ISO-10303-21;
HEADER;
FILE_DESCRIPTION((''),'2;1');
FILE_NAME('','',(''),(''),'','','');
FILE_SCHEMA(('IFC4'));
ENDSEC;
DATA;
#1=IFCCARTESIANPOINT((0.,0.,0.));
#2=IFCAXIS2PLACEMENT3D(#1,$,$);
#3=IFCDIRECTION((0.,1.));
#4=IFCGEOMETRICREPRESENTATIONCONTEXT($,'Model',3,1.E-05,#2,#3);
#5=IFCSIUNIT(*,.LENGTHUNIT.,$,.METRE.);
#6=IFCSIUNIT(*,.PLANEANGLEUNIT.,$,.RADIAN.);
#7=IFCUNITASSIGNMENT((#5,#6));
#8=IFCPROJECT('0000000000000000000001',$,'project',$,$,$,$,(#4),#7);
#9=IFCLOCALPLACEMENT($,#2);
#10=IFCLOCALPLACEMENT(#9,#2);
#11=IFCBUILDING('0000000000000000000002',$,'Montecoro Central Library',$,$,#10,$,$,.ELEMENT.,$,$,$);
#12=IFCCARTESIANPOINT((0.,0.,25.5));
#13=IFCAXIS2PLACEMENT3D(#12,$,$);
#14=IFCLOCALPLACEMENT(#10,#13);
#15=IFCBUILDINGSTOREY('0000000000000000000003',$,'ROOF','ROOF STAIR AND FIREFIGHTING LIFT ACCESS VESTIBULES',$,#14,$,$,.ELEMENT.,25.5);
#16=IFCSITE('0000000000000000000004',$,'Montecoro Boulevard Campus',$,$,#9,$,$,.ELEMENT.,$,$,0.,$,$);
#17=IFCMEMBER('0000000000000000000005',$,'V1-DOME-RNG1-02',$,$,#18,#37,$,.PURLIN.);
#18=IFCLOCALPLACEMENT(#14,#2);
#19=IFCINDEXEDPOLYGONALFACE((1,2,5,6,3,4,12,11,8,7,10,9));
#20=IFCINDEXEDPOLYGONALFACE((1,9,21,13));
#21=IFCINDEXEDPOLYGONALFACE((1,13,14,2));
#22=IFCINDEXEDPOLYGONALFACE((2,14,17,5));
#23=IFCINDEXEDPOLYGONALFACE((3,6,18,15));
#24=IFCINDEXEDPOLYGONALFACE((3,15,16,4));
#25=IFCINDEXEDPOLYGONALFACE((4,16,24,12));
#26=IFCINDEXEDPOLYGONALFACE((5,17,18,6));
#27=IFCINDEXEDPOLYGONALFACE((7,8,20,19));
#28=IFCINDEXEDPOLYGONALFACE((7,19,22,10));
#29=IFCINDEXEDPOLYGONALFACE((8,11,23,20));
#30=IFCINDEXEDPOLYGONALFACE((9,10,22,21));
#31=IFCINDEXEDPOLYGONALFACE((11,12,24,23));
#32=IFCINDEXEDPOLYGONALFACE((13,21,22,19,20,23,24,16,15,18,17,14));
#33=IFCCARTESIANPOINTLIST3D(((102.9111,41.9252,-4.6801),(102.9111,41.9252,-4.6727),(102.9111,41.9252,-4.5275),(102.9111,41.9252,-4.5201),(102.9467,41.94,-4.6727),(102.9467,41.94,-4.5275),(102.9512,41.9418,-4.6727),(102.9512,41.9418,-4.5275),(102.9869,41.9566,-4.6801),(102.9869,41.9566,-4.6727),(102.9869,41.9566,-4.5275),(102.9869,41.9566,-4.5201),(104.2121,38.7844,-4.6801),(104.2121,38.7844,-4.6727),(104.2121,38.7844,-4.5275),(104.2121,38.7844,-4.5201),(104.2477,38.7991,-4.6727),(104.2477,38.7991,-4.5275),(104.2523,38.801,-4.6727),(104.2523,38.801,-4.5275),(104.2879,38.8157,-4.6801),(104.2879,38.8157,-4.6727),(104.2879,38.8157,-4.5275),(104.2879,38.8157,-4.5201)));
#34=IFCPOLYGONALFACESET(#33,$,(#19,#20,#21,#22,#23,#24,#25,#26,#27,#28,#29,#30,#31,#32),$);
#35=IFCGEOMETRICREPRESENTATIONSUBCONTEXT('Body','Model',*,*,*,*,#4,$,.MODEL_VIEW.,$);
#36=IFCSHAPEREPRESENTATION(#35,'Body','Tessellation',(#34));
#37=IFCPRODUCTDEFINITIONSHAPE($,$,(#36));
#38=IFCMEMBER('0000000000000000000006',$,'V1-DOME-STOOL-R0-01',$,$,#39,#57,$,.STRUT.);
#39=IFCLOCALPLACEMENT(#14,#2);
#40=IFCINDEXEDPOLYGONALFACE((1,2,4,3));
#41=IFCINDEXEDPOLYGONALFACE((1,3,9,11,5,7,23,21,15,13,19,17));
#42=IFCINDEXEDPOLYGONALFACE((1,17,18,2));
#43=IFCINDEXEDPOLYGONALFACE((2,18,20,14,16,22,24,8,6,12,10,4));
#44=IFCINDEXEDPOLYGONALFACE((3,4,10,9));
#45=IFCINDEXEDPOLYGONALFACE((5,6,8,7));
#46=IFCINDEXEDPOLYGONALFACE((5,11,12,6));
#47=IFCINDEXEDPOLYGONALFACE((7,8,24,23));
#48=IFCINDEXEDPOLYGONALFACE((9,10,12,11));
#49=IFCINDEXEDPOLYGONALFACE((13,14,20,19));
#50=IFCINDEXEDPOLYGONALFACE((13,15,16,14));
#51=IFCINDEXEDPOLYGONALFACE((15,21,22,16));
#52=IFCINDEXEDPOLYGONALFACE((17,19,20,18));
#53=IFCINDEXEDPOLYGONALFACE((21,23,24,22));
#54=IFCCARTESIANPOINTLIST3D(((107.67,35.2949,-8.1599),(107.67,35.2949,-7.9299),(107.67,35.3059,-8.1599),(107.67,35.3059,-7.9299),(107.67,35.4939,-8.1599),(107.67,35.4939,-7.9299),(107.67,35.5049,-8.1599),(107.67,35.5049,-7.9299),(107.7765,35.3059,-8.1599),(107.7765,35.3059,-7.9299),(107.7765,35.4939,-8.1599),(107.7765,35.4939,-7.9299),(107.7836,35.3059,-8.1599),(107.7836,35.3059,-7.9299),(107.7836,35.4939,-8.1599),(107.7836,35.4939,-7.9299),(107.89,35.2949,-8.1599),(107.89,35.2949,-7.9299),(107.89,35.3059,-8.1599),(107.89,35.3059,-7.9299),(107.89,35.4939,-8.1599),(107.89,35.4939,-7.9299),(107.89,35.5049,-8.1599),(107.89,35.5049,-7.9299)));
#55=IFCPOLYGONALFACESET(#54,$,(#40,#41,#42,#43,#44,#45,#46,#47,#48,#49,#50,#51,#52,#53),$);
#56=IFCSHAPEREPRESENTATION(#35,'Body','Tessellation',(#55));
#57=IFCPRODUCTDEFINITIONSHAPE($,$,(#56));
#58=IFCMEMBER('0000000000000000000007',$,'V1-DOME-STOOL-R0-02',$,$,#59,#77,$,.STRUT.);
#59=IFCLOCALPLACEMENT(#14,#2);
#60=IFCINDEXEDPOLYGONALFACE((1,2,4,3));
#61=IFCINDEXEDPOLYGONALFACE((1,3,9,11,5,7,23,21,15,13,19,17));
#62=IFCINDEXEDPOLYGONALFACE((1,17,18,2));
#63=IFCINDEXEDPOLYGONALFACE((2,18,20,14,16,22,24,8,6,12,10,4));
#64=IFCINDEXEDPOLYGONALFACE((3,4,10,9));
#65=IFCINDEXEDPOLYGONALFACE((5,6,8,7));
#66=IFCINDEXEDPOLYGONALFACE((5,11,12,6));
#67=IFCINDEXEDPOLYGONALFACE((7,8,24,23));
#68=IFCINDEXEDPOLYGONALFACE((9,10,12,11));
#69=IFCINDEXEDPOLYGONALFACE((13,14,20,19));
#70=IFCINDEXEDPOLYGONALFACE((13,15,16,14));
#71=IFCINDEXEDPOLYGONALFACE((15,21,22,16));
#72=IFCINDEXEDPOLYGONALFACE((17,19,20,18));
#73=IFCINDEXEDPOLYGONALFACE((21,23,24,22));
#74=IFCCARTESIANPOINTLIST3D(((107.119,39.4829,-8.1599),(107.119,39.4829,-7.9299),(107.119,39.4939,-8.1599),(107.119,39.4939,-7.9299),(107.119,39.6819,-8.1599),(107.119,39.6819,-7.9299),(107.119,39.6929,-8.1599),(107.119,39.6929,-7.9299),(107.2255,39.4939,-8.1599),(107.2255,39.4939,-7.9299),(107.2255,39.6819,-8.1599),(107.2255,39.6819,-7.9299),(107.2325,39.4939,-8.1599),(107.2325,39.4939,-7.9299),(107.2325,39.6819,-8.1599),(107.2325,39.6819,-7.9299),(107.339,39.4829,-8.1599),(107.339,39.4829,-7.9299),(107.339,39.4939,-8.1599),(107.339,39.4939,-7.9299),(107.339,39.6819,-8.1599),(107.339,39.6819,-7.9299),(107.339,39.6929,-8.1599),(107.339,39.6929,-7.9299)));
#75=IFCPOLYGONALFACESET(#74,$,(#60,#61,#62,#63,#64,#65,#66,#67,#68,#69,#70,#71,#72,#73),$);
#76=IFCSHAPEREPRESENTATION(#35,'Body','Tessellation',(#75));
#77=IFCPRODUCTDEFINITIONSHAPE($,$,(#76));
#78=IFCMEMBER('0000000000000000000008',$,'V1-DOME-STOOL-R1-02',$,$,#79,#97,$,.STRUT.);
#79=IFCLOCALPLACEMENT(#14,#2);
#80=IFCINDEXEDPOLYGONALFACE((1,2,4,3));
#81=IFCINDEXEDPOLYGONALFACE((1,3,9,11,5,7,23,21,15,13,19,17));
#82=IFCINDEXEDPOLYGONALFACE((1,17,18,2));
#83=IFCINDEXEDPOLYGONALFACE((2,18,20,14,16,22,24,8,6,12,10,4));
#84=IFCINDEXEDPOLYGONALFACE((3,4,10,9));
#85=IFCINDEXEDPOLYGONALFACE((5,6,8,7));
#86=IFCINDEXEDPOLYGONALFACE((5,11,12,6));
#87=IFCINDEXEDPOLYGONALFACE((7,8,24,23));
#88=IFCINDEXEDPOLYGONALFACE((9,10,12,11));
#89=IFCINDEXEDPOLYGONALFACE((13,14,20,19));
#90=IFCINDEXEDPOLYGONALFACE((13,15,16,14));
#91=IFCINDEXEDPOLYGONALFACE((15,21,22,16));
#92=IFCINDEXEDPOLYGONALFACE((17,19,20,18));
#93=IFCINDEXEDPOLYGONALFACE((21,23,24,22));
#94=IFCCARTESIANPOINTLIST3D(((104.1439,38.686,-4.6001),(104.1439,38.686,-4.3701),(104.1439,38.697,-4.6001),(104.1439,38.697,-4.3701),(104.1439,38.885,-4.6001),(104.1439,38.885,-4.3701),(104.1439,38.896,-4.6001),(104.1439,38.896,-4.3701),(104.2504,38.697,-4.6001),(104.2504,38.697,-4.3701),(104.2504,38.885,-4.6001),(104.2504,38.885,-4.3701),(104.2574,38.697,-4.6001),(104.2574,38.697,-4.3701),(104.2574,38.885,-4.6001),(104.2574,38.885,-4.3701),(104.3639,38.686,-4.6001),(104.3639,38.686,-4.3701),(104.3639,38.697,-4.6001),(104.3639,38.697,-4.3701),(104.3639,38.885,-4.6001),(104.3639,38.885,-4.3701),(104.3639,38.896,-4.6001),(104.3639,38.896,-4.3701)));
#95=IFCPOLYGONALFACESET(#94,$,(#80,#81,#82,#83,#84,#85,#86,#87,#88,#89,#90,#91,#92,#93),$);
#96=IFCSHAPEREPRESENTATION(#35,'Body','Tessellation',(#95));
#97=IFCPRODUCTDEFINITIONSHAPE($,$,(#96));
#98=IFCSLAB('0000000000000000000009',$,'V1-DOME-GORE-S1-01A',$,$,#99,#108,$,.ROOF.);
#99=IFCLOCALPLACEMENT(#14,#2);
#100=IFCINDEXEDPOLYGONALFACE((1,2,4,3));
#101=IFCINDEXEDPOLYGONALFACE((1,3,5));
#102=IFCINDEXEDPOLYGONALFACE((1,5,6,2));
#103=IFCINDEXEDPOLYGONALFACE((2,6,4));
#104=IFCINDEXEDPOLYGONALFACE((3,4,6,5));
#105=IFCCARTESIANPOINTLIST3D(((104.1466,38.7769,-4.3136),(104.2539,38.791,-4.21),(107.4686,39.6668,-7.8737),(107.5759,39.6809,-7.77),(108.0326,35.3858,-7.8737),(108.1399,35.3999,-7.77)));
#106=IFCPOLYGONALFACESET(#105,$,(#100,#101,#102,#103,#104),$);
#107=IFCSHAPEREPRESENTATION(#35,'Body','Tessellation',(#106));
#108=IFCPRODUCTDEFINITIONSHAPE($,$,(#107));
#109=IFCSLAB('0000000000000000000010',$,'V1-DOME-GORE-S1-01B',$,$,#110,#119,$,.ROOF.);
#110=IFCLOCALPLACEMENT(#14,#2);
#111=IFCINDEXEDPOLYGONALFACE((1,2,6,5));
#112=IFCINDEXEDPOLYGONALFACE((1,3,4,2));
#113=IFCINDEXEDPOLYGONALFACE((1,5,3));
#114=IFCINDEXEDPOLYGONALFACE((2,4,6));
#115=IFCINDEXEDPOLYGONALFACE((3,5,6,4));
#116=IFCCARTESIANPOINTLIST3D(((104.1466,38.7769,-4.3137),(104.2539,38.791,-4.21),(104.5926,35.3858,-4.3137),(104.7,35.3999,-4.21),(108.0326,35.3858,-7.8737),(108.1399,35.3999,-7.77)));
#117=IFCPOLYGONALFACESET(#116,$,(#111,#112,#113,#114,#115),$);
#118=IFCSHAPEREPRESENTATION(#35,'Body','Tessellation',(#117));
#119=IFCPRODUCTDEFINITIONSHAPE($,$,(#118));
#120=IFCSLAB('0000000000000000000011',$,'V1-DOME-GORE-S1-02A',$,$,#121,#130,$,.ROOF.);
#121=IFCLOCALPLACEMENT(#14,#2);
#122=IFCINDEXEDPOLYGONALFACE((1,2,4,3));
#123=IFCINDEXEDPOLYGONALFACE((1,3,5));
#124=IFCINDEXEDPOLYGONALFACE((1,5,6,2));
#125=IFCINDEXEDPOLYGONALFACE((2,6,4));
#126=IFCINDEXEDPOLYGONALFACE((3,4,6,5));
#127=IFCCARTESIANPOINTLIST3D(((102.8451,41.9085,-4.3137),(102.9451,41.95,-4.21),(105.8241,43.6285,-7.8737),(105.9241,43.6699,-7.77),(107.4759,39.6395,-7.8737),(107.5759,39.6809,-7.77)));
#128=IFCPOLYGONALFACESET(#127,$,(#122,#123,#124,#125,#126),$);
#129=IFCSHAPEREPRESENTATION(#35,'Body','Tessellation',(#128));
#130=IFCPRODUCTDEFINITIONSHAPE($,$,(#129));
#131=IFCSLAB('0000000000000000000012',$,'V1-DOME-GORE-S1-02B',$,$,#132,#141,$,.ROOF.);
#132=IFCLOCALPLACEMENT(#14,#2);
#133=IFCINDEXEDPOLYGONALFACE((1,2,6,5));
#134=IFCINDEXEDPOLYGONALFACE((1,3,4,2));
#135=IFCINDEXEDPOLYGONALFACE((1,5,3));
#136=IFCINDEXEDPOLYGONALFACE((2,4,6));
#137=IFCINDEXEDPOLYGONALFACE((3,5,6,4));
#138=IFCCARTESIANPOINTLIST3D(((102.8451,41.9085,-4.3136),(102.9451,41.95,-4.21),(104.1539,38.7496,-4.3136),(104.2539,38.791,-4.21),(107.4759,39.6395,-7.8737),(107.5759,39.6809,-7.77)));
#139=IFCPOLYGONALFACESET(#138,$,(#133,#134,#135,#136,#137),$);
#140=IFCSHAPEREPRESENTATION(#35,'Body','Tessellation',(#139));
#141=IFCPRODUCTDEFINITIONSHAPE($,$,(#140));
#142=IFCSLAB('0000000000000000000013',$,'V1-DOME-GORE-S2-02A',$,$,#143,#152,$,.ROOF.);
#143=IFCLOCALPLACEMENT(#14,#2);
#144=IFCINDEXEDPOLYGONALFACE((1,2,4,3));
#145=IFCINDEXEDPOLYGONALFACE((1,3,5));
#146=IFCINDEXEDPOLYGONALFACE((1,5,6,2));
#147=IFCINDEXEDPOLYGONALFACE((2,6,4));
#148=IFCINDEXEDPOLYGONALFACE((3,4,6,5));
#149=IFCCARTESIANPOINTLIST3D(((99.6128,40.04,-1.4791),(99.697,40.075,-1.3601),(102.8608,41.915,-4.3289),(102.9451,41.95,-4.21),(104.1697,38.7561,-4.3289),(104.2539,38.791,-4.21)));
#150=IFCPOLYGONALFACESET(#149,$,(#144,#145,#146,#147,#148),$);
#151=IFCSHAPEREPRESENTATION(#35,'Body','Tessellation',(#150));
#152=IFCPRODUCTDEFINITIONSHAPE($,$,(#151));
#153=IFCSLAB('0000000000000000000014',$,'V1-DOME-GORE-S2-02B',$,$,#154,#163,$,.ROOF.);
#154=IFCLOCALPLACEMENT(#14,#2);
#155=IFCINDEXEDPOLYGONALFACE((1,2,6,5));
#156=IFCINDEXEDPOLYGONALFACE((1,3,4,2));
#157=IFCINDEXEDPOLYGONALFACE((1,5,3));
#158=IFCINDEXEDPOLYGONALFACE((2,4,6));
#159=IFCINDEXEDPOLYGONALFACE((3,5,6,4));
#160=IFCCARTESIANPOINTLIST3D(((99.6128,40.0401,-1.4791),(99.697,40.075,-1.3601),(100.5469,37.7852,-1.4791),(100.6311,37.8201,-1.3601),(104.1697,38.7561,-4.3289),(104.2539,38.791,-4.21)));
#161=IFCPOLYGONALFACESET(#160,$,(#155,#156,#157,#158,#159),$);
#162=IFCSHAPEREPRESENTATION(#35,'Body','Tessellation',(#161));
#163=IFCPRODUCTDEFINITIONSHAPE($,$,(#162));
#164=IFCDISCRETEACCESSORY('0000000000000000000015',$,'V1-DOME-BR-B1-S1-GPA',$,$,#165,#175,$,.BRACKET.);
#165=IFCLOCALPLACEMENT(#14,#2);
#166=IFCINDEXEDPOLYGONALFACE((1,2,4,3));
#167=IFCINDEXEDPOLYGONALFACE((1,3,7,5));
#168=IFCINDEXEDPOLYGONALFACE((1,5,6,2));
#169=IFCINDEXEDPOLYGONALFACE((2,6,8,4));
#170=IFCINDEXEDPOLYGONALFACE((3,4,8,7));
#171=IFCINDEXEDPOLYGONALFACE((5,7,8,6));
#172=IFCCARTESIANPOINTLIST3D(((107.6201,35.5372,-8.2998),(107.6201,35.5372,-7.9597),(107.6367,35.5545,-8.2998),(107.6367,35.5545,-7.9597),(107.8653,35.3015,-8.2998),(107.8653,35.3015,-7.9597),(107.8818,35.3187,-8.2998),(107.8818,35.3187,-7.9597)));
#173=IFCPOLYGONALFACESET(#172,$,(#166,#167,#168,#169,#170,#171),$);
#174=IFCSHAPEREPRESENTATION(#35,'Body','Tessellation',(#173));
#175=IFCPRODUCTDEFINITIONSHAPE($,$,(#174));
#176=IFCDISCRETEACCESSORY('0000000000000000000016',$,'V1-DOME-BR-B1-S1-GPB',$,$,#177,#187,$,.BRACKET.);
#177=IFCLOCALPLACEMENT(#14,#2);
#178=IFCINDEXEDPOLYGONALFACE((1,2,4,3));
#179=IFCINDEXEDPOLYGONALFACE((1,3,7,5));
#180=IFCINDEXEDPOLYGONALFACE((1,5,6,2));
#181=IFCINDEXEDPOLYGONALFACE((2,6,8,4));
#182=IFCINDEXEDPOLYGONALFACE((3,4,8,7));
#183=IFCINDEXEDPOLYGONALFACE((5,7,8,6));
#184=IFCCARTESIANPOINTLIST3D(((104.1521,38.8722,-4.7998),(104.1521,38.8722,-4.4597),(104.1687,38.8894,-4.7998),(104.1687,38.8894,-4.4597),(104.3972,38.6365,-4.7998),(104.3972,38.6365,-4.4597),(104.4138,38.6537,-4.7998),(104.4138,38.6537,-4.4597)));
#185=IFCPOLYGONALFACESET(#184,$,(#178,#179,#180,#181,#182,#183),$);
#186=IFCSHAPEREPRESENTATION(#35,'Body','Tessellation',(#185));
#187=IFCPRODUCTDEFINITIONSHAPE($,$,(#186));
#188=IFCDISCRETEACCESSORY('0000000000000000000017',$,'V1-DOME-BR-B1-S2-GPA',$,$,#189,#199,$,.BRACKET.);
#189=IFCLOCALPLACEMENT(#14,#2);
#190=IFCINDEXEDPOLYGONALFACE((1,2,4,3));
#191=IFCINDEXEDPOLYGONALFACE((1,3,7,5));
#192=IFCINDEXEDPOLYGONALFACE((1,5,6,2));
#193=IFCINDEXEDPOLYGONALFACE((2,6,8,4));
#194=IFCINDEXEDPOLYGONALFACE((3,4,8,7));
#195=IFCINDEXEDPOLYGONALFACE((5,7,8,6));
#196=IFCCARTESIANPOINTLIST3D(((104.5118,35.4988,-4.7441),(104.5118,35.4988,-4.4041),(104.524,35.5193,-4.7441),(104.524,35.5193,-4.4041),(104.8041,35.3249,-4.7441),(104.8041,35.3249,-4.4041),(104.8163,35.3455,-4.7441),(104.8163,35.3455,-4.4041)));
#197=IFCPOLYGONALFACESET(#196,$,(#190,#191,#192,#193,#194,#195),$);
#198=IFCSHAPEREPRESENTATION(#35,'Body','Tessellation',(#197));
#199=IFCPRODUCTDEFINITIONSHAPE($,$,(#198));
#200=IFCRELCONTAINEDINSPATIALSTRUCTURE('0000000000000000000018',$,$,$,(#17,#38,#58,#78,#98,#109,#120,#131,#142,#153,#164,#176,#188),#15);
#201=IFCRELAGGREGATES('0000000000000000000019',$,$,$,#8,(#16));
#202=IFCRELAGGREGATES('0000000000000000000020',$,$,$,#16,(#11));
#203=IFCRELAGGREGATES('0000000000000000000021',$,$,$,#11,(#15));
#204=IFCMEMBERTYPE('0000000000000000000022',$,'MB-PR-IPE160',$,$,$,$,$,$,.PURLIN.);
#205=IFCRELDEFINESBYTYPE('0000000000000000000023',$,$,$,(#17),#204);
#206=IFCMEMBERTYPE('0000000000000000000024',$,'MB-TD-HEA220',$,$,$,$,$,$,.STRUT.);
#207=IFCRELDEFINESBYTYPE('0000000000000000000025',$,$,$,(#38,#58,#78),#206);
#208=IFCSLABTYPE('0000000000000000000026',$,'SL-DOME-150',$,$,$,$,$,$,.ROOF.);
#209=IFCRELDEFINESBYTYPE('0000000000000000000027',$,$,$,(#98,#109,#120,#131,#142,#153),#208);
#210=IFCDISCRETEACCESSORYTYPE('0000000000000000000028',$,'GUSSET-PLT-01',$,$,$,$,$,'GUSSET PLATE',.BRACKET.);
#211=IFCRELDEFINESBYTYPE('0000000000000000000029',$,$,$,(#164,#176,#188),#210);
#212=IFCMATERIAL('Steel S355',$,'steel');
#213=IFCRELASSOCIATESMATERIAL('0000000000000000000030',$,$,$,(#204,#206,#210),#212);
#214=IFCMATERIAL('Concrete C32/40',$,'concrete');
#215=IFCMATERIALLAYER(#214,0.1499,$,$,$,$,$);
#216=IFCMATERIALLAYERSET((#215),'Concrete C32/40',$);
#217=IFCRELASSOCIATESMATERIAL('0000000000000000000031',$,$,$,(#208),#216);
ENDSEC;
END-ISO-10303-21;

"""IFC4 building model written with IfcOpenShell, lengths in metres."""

from ifc_helpers import new_model, si_unit, direction, frame, origin, origin_2d, place, context, subcontext, project, spatial, polyline, rectangle, i_section, outline, extrude, material, layer, layer_set, material_profile, profile_set, type_object, element, save


model = new_model("IFC4")

# Units and contexts
model_context = context("Model", 3, precision=1e-05, world=origin(), true_north=direction((0.0, 1.0)))
body_context = subcontext(model_context, "Body", "Model", "MODEL_VIEW")
ifc_project = project(units=[si_unit("LENGTHUNIT", "METRE"), si_unit("PLANEANGLEUNIT", "RADIAN")], contexts=[model_context])

# Site, building, storey
site_placement = place(None, origin())
site = spatial("IfcSite", under=ifc_project, at=site_placement, Name="Montecoro Boulevard Campus", CompositionType="ELEMENT", RefElevation=0.0)
building_placement = place(site_placement, origin())
building = spatial("IfcBuilding", under=site, at=building_placement, Name="Montecoro Central Library", CompositionType="ELEMENT")
storey_placement = place(building_placement, frame((0.0, 0.0, 25.5)))
storey = spatial("IfcBuildingStorey", under=building, at=storey_placement, Name="ROOF", Description="ROOF STAIR AND FIREFIGHTING LIFT ACCESS VESTIBULES", CompositionType="ELEMENT", Elevation=25.5)

# Members
ifc_material_1 = material(Name="Steel S355", Category="steel")
ifc_material_profile_1 = material_profile(ifc_material_1, i_section(OverallWidth=0.082, OverallDepth=0.1599, WebThickness=0.0049, FlangeThickness=0.0073, at=origin_2d()), Name="IPE 160")
ifc_profile_set_1 = profile_set([ifc_material_profile_1], Name="Steel S355")
member_type_1 = type_object("IfcMemberType", Name="MB-PR-IPE160", PredefinedType="PURLIN", material=ifc_profile_set_1)
member_1_placement = place(storey_placement, frame((104.25, 38.8, -4.6001), z_axis=(-0.382692, 0.923876, 0.0), x_axis=(-0.923876, -0.382692, 0.0)))
element("IfcMember", 1, at=member_1_placement, inside=storey, type_object=member_type_1, Name="V1-DOME-RNG1-02", PredefinedType="PURLIN", context=body_context, shape_type="SweptSolid", body=[
    extrude(i_section(OverallWidth=0.082, OverallDepth=0.1599, WebThickness=0.0049, FlangeThickness=0.0073, at=origin_2d()), origin(), (0.0, 0.0, 1.0), 3.3997),
])
ifc_material_profile_2 = material_profile(ifc_material_1, i_section(OverallWidth=0.22, OverallDepth=0.21, WebThickness=0.0071, FlangeThickness=0.011, at=origin_2d()), Name="HEA 220")
ifc_profile_set_2 = profile_set([ifc_material_profile_2], Name="Steel S355")
member_type_2 = type_object("IfcMemberType", Name="MB-TD-HEA220", PredefinedType="STRUT", material=ifc_profile_set_2)
for number, where, z_axis, x_axis, name in (
    (2, (107.78, 35.3999, -8.1599), (0.0, 0.0, 1.0), (1.0, 0.0, 0.0), "V1-DOME-STOOL-R0-01"),
    (3, (107.229, 39.5879, -8.1599), (0.0, 0.0, 1.0), (1.0, 0.0, 0.0), "V1-DOME-STOOL-R0-02"),
    (4, (104.2539, 38.791, -4.6001), (0.0, 0.0, 1.0), (1.0, 0.0, 0.0), "V1-DOME-STOOL-R1-02"),
):
    element("IfcMember", number, at=place(storey_placement, frame(where, z_axis=z_axis, x_axis=x_axis)), inside=storey, type_object=member_type_2, Name=name, PredefinedType="STRUT", context=body_context, shape_type="SweptSolid", body=[
        extrude(i_section(OverallWidth=0.22, OverallDepth=0.21, WebThickness=0.0071, FlangeThickness=0.011, at=origin_2d()), origin(), (0.0, 0.0, 1.0), 0.23),
    ])

# Slabs
ifc_material_2 = material(Name="Concrete C32/40", Category="concrete")
ifc_layer = layer(ifc_material_2, 0.1499)
ifc_layer_set = layer_set([ifc_layer], Name="Concrete C32/40")
slab_type = type_object("IfcSlabType", Name="SL-DOME-150", PredefinedType="ROOF", material=ifc_layer_set)
slab_1_placement = place(storey_placement, frame((108.1399, 35.3999, -7.77), z_axis=(0.715998, 0.094323, 0.691701), x_axis=(-0.130608, 0.991434, 0.0)))
element("IfcSlab", 5, at=slab_1_placement, inside=storey, type_object=slab_type, Name="V1-DOME-GORE-S1-01A", PredefinedType="ROOF", context=body_context, shape_type="SweptSolid", body=[
    extrude(outline(polyline([(0.0, 0.0), (4.318, 0.0), (3.8696, 4.9296), (0.0, 0.0)])), origin(), (0.0, 0.0, -1.0), 0.1499),
])
slab_2_placement = place(storey_placement, frame((108.1399, 35.3999, -7.77), z_axis=(0.715939, 0.09417, 0.691783), x_axis=(-0.620077, 0.541111, 0.56807)))
element("IfcSlab", 6, at=slab_2_placement, inside=storey, type_object=slab_type, Name="V1-DOME-GORE-S1-01B", PredefinedType="ROOF", context=body_context, shape_type="SweptSolid", body=[
    extrude(outline(polyline([(0.0, 0.0), (6.2669, 0.0), (4.1554, 2.6907), (0.0, 0.0)])), origin(), (0.0, 0.0, -1.0), 0.1499),
])
slab_3_placement = place(storey_placement, frame((107.5759, 39.6809, -7.77), z_axis=(0.66718, 0.27628, 0.691766), x_axis=(-0.382595, 0.923916, 0.0)))
element("IfcSlab", 7, at=slab_3_placement, inside=storey, type_object=slab_type, Name="V1-DOME-GORE-S1-02A", PredefinedType="ROOF", context=body_context, shape_type="SweptSolid", body=[
    extrude(outline(polyline([(0.0, 0.0), (4.3175, 0.0), (3.8681, 4.93), (0.0, 0.0)])), origin(), (0.0, 0.0, -1.0), 0.1499),
])
slab_4_placement = place(storey_placement, frame((107.5759, 39.6809, -7.77), z_axis=(0.667197, 0.276439, 0.691686), x_axis=(-0.739002, 0.362098, 0.568121)))
element("IfcSlab", 8, at=slab_4_placement, inside=storey, type_object=slab_type, Name="V1-DOME-GORE-S1-02B", PredefinedType="ROOF", context=body_context, shape_type="SweptSolid", body=[
    extrude(outline(polyline([(0.0, 0.0), (6.2664, 0.0), (4.1553, 2.6898), (0.0, 0.0)])), origin(), (0.0, 0.0, -1.0), 0.1499),
])
slab_5_placement = place(storey_placement, frame((104.2539, 38.791, -4.21), z_axis=(0.561982, 0.232845, 0.7937), x_axis=(-0.382774, 0.923842, 0.0)))
element("IfcSlab", 9, at=slab_5_placement, inside=storey, type_object=slab_type, Name="V1-DOME-GORE-S2-02A", PredefinedType="ROOF", context=body_context, shape_type="SweptSolid", body=[
    extrude(outline(polyline([(0.0, 0.0), (3.4193, 0.0), (2.9304, 4.6849), (0.0, 0.0)])), origin(), (0.0, 0.0, -1.0), 0.1499),
])
slab_6_placement = place(storey_placement, frame((104.2539, 38.791, -4.21), z_axis=(0.561979, 0.232799, 0.793716), x_axis=(-0.824644, 0.232349, 0.515728)))
element("IfcSlab", 10, at=slab_6_placement, inside=storey, type_object=slab_type, Name="V1-DOME-GORE-S2-02B", PredefinedType="ROOF", context=body_context, shape_type="SweptSolid", body=[
    extrude(outline(polyline([(0.0, 0.0), (5.5259, 0.0), (4.2317, 2.0693), (0.0, 0.0)])), origin(), (0.0, 0.0, -1.0), 0.1499),
])

# Discrete accessories
discrete_accessory_type = type_object("IfcDiscreteAccessoryType", Name="GUSSET-PLT-01", ElementType="GUSSET PLATE", PredefinedType="BRACKET", material=ifc_material_1)
for number, where, z_axis, x_axis, name in (
    (11, (107.751, 35.428, -8.2998), (0.0, 0.0, 1.0), (-0.720793, 0.69315, 0.0), "V1-DOME-BR-B1-S1-GPA"),
    (12, (104.283, 38.7629, -4.7998), (0.0, 0.0, 1.0), (-0.720793, 0.69315, 0.0), "V1-DOME-BR-B1-S1-GPB"),
    (13, (104.6641, 35.4221, -4.7441), (0.0, 0.0, 1.0), (-0.859406, 0.511293, 0.0), "V1-DOME-BR-B1-S2-GPA"),
):
    element("IfcDiscreteAccessory", number, at=place(storey_placement, frame(where, z_axis=z_axis, x_axis=x_axis)), inside=storey, type_object=discrete_accessory_type, Name=name, PredefinedType="BRACKET", context=body_context, shape_type="SweptSolid", body=[
        extrude(rectangle(XDim=0.3401, YDim=0.0239, at=origin_2d()), origin(), (0.0, 0.0, 1.0), 0.3401),
    ])

save(model, "model.ifc")
